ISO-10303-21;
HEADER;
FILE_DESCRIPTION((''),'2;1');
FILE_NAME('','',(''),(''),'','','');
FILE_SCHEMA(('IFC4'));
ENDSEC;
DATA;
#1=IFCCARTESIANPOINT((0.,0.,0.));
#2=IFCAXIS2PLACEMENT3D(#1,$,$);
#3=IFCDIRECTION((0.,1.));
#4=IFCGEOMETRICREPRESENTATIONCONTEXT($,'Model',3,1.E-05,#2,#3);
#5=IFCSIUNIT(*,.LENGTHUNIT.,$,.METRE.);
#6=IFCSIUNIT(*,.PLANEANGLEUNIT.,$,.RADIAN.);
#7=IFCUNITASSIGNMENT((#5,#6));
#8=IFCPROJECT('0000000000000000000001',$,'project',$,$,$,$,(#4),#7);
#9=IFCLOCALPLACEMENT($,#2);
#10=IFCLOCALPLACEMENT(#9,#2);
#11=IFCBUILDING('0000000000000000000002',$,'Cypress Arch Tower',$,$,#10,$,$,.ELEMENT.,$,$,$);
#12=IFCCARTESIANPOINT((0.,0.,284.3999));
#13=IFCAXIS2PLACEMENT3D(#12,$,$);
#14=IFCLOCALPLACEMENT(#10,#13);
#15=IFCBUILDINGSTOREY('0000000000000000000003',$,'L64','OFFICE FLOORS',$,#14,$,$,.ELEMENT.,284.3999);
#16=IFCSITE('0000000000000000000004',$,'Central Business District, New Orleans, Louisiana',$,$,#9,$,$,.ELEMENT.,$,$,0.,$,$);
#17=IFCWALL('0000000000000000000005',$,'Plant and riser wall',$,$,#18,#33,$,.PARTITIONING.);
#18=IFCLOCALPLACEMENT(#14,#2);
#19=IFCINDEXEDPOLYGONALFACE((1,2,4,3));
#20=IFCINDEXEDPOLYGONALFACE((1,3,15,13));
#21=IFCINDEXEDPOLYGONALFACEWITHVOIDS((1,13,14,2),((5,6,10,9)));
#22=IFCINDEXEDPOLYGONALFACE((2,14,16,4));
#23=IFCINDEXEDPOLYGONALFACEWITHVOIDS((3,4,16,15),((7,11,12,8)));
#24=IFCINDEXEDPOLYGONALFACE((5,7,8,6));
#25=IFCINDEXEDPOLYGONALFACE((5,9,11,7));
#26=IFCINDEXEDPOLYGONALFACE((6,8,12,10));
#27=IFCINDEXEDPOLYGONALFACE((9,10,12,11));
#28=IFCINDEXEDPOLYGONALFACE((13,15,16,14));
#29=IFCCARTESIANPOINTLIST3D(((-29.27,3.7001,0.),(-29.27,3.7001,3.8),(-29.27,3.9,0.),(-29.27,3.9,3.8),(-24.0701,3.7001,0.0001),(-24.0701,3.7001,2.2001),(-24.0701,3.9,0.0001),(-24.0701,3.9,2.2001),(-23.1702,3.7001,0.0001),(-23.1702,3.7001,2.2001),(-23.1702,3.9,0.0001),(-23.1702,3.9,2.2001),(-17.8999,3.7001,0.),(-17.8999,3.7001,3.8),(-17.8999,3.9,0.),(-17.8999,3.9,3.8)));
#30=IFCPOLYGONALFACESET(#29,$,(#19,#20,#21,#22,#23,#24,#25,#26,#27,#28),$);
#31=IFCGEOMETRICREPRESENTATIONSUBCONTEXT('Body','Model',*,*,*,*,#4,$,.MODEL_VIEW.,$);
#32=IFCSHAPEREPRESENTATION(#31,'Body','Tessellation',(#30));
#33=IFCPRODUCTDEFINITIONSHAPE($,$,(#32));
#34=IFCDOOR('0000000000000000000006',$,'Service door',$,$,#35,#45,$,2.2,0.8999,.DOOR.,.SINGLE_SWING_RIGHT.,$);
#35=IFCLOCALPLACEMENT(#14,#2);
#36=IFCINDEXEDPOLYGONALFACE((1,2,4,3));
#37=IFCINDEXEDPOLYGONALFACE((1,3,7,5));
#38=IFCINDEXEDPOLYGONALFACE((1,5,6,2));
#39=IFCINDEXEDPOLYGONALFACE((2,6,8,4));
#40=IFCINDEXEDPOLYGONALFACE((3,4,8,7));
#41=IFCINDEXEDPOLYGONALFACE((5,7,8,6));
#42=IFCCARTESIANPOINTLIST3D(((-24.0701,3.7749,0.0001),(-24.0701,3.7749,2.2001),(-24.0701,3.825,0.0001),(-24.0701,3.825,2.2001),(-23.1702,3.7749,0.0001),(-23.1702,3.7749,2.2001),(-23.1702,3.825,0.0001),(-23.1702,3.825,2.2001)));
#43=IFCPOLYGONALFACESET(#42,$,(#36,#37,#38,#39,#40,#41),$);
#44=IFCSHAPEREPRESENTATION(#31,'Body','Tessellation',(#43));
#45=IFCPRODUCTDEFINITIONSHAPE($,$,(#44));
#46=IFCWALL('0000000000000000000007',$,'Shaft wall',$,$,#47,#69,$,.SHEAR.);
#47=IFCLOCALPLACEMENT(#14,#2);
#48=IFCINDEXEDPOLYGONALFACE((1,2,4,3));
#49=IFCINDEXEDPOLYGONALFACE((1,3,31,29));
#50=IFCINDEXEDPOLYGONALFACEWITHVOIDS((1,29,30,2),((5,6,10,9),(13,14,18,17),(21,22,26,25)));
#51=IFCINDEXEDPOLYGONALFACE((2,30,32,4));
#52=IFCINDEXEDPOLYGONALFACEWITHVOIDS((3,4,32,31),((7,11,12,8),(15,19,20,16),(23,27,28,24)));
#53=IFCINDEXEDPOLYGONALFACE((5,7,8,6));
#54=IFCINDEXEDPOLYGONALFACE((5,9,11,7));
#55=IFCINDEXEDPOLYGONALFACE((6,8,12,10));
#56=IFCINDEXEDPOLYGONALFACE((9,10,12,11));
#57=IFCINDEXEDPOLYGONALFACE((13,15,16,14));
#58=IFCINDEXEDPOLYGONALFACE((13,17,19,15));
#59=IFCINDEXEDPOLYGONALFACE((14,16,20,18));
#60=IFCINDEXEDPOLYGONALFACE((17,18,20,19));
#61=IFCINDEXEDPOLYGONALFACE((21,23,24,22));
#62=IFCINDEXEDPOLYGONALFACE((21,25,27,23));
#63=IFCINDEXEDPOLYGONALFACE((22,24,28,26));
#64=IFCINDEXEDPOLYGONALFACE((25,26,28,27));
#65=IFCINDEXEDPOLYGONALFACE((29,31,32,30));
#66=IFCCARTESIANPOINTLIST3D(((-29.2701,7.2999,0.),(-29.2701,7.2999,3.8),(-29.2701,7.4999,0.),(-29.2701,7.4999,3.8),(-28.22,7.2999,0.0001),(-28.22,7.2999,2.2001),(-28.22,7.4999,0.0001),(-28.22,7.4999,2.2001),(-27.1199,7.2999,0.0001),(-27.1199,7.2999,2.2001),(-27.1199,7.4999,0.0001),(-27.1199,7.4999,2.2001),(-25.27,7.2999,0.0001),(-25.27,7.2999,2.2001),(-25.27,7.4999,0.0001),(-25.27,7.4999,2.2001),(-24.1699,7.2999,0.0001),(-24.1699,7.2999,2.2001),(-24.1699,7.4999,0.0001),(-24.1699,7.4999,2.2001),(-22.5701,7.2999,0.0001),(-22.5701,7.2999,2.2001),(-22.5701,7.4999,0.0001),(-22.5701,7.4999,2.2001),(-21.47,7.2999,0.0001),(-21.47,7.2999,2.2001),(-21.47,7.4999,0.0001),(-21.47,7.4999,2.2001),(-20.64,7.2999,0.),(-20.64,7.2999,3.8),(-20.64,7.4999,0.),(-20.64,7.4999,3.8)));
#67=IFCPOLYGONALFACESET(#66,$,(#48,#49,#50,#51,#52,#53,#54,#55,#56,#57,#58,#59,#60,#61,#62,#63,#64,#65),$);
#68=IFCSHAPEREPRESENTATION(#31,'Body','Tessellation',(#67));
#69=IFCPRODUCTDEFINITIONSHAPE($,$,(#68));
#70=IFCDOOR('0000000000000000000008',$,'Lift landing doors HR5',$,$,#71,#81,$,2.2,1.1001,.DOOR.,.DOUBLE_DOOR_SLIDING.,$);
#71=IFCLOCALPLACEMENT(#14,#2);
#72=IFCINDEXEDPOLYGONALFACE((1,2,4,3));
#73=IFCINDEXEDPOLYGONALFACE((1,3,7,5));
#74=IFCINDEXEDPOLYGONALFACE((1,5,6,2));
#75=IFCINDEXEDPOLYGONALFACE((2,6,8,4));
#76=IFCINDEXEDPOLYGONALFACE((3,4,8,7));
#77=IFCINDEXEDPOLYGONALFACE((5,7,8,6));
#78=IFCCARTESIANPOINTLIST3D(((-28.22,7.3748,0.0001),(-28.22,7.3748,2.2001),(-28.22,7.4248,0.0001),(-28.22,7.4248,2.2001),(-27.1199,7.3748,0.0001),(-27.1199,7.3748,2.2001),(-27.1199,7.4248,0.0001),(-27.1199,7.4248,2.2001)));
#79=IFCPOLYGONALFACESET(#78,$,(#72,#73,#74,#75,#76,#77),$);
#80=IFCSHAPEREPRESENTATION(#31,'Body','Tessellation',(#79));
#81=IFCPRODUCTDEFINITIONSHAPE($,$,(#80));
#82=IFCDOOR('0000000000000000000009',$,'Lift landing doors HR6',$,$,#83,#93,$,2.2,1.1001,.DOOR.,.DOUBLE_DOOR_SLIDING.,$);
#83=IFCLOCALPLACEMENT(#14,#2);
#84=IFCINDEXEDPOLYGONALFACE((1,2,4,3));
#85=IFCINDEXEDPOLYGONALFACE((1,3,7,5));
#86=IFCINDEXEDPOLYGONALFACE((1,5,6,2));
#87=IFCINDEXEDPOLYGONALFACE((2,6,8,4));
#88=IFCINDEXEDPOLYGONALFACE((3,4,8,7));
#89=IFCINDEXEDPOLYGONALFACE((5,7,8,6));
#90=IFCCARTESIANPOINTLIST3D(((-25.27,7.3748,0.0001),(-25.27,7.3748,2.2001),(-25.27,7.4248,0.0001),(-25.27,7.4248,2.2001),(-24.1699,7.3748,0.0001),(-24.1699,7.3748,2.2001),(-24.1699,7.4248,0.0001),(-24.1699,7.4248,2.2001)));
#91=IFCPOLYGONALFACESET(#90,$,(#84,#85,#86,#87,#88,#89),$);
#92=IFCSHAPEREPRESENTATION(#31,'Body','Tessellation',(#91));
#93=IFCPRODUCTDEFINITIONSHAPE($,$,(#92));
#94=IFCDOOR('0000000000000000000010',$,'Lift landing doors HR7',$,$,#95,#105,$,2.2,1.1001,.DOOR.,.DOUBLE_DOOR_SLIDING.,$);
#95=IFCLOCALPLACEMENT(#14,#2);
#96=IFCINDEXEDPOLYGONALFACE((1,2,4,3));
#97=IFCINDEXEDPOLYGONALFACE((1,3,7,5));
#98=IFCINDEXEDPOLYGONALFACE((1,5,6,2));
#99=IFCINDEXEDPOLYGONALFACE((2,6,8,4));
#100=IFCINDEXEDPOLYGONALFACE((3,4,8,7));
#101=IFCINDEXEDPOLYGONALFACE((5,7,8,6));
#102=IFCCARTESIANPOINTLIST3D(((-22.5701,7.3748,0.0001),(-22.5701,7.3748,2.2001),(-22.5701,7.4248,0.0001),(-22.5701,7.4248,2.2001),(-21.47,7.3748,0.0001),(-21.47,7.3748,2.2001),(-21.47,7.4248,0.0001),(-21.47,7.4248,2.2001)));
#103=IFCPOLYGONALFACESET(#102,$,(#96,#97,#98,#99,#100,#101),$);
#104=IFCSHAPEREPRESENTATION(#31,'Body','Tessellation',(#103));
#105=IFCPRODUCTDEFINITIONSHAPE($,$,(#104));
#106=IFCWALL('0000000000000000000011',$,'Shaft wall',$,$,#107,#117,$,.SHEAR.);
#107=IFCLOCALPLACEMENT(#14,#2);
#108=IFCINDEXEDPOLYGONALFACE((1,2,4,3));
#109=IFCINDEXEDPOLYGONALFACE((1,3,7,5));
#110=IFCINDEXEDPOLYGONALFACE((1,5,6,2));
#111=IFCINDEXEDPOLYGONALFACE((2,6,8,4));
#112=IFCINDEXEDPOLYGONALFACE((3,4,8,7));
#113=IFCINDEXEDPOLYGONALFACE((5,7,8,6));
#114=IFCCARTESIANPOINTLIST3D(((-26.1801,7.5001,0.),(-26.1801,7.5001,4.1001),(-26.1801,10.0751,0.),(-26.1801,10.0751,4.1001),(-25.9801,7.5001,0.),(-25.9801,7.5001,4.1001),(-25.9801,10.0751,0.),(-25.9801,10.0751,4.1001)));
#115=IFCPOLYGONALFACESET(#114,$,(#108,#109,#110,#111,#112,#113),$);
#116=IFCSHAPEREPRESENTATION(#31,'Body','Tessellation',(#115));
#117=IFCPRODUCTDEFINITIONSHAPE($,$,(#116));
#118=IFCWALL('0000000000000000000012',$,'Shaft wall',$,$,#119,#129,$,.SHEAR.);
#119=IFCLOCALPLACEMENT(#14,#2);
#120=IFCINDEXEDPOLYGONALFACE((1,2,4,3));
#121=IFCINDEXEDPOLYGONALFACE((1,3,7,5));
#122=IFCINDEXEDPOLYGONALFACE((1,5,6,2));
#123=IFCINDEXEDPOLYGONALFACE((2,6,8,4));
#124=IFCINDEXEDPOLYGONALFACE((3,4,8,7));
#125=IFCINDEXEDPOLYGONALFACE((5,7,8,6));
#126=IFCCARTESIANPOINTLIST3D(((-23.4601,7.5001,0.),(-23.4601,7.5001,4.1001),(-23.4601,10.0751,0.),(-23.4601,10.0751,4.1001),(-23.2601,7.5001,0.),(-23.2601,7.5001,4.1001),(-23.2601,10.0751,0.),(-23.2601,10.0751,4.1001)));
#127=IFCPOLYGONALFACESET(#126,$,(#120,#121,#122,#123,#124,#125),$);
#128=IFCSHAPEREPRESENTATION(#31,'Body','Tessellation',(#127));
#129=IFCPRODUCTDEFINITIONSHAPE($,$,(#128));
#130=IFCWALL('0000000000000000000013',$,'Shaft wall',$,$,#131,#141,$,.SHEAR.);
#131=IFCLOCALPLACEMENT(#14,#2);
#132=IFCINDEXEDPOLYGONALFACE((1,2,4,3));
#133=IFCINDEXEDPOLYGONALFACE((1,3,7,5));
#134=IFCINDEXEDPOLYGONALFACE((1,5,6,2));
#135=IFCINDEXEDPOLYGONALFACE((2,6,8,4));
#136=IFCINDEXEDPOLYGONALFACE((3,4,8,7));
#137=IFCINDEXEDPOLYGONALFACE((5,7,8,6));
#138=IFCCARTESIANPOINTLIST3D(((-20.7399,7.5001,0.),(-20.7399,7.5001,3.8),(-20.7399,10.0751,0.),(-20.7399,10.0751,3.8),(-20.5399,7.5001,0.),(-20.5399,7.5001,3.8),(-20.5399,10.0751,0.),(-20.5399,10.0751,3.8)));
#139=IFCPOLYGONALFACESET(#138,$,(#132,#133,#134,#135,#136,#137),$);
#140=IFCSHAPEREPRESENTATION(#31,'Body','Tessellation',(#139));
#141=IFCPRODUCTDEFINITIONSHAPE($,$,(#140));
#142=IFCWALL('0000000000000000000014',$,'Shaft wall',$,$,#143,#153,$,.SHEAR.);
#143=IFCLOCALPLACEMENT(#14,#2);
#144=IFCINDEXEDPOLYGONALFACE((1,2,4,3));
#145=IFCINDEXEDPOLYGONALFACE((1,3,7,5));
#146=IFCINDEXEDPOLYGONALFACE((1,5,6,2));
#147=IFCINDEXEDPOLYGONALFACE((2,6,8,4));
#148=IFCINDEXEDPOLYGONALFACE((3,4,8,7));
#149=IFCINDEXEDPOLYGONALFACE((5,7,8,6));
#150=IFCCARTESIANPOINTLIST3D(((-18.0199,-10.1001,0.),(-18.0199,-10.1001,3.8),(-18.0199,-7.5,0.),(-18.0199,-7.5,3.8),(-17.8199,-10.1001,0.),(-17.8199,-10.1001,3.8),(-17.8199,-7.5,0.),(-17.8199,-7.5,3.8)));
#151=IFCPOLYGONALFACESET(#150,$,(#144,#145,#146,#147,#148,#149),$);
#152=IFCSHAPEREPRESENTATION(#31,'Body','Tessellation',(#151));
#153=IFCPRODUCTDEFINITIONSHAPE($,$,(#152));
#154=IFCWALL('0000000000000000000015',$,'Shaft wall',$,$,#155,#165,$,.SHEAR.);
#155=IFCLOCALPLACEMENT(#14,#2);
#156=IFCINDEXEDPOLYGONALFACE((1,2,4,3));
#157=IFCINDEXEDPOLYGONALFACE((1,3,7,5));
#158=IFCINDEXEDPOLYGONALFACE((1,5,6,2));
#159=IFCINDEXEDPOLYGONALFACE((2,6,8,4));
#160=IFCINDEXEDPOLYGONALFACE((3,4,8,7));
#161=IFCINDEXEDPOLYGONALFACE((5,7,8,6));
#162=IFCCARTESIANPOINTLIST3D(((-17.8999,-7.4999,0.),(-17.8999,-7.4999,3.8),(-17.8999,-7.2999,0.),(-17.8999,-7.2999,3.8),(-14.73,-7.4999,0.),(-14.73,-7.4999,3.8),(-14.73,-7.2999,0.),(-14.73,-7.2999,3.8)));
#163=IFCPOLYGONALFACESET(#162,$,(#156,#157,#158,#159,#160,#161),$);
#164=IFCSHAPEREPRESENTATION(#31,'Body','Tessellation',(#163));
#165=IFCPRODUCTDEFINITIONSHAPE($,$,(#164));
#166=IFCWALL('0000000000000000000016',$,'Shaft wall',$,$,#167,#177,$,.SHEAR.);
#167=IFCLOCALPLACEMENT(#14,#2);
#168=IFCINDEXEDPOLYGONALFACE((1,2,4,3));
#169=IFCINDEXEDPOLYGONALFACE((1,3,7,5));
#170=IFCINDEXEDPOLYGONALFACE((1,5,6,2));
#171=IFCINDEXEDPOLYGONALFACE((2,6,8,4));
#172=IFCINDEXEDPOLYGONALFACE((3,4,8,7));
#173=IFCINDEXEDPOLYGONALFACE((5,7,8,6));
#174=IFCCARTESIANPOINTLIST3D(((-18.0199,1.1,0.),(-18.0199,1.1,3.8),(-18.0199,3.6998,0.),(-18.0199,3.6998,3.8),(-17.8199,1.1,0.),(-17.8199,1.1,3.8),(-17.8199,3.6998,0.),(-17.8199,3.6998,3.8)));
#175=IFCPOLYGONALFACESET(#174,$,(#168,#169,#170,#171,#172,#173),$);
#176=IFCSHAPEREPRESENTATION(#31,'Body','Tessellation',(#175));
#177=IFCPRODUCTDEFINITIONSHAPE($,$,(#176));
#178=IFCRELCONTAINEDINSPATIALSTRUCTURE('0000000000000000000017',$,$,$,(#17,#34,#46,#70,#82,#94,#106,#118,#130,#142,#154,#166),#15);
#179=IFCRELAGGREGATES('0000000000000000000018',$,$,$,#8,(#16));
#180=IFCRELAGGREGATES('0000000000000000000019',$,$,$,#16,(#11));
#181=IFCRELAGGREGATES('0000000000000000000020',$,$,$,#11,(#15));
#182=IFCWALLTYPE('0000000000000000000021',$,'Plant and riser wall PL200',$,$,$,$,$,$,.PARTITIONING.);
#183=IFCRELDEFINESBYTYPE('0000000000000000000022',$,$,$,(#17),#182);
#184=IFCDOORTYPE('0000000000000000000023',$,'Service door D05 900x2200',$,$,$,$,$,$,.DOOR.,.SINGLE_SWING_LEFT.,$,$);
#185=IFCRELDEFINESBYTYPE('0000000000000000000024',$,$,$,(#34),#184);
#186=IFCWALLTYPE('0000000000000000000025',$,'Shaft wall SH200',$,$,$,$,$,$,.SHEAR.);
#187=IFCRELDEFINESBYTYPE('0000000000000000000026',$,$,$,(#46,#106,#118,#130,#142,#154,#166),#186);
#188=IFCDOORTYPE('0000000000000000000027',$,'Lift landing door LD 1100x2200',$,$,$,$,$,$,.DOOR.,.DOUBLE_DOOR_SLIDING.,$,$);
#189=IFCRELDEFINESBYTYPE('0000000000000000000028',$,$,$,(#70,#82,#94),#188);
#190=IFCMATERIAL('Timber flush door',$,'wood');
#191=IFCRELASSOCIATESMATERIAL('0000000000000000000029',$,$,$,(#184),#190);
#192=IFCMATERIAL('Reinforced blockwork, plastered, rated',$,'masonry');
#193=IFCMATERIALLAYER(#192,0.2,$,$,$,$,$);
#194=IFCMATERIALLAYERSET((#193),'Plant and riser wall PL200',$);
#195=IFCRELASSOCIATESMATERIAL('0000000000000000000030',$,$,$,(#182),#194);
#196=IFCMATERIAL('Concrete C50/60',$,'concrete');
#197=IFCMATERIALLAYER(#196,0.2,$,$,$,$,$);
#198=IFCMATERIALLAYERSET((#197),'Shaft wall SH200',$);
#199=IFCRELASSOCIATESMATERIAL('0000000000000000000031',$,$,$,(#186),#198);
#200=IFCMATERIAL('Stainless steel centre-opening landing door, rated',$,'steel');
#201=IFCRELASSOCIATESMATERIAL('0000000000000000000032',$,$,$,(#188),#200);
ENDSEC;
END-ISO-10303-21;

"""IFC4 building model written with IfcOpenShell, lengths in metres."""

from ifc_helpers import new_model, si_unit, direction, frame, frame_2d, origin, place, context, subcontext, project, spatial, rectangle, extrude, material, layer, layer_set, type_object, element, fill, save


model = new_model("IFC4")

# Units and contexts
model_context = context("Model", 3, precision=1e-05, world=origin(), true_north=direction((0.0, 1.0)))
body_context = subcontext(model_context, "Body", "Model", "MODEL_VIEW")
ifc_project = project(units=[si_unit("LENGTHUNIT", "METRE"), si_unit("PLANEANGLEUNIT", "RADIAN")], contexts=[model_context])

# Site, building, storey
site_placement = place(None, origin())
site = spatial("IfcSite", under=ifc_project, at=site_placement, Name="Central Business District, New Orleans, Louisiana", CompositionType="ELEMENT", RefElevation=0.0)
building_placement = place(site_placement, origin())
building = spatial("IfcBuilding", under=site, at=building_placement, Name="Cypress Arch Tower", CompositionType="ELEMENT")
storey_placement = place(building_placement, frame((0.0, 0.0, 284.3999)))
storey = spatial("IfcBuildingStorey", under=building, at=storey_placement, Name="L64", Description="OFFICE FLOORS", CompositionType="ELEMENT", Elevation=284.3999)

# Shared definitions
ifc_material_1 = material(Name="Timber flush door", Category="wood")
door_type_1 = type_object("IfcDoorType", Name="Service door D05 900x2200", OperationType="SINGLE_SWING_LEFT", PredefinedType="DOOR", material=ifc_material_1)

# Shared definitions
ifc_material_2 = material(Name="Reinforced blockwork, plastered, rated", Category="masonry")
ifc_layer_1 = layer(ifc_material_2, 0.2)
ifc_layer_set_1 = layer_set([ifc_layer_1], Name="Plant and riser wall PL200")
wall_type_1 = type_object("IfcWallType", Name="Plant and riser wall PL200", PredefinedType="PARTITIONING", material=ifc_layer_set_1)

# Wall, opening, door
wall_1_placement = place(storey_placement, frame((-29.27, 3.8, 0.0), z_axis=(0.0, 0.0, 1.0), x_axis=(1.0, 0.0, 0.0)))
wall_1 = element("IfcWall", 1, at=wall_1_placement, inside=storey, type_object=wall_type_1, Name="Plant and riser wall", PredefinedType="PARTITIONING", context=body_context, shape_type="SweptSolid", body=[
    extrude(rectangle(XDim=11.3701, YDim=0.2, at=frame_2d((5.6851, 0.0))), origin(), (0.0, 0.0, 1.0), 3.8),
])
opening_1_placement = place(wall_1_placement, frame((5.2, 0.0, 0.0)))
opening_1 = element("IfcOpeningElement", 2, at=opening_1_placement, cuts=wall_1, PredefinedType="OPENING", context=body_context, shape_type="SweptSolid", body=[
    extrude(rectangle(XDim=0.8999, YDim=2.2, at=frame_2d((0.45, 1.1001))), frame((0.0, 0.1099, 0.0), z_axis=(0.0, -1.0, 0.0), x_axis=(1.0, 0.0, 0.0)), (0.0, 0.0, 1.0), 0.22),
])
door_1_placement = place(opening_1_placement, origin())
door_1 = element("IfcDoor", 3, at=door_1_placement, inside=storey, type_object=door_type_1, Name="Service door", OperationType="SINGLE_SWING_RIGHT", OverallHeight=2.2, OverallWidth=0.8999, PredefinedType="DOOR", context=body_context, shape_type="SweptSolid", body=[
    extrude(rectangle(XDim=0.8999, YDim=2.2, at=frame_2d((0.45, 1.1001))), frame((0.0, 0.0249, 0.0), z_axis=(0.0, -1.0, 0.0), x_axis=(1.0, 0.0, 0.0)), (0.0, 0.0, 1.0), 0.05),
])
fill(opening_1, door_1)

# Wall, openings, doors
ifc_material_3 = material(Name="Concrete C50/60", Category="concrete")
ifc_layer_2 = layer(ifc_material_3, 0.2)
ifc_layer_set_2 = layer_set([ifc_layer_2], Name="Shaft wall SH200")
wall_type_2 = type_object("IfcWallType", Name="Shaft wall SH200", PredefinedType="SHEAR", material=ifc_layer_set_2)
wall_2_placement = place(storey_placement, frame((-29.27, 7.3999, 0.0), z_axis=(0.0, 0.0, 1.0), x_axis=(1.0, 0.0, 0.0)))
wall_2 = element("IfcWall", 4, at=wall_2_placement, inside=storey, type_object=wall_type_2, Name="Shaft wall", PredefinedType="SHEAR", context=body_context, shape_type="SweptSolid", body=[
    extrude(rectangle(XDim=8.6301, YDim=0.2, at=frame_2d((4.3149, 0.0))), origin(), (0.0, 0.0, 1.0), 3.8),
])
opening_2_placement = place(wall_2_placement, frame((1.05, 0.0, 0.0)))
opening_2 = element("IfcOpeningElement", 5, at=opening_2_placement, cuts=wall_2, PredefinedType="OPENING", context=body_context, shape_type="SweptSolid", body=[
    extrude(rectangle(XDim=1.1001, YDim=2.2, at=frame_2d((0.55, 1.1001))), frame((0.0, 0.1099, 0.0), z_axis=(0.0, -1.0, 0.0), x_axis=(1.0, 0.0, 0.0)), (0.0, 0.0, 1.0), 0.22),
])
opening_3_placement = place(wall_2_placement, frame((4.0, 0.0, 0.0)))
opening_3 = element("IfcOpeningElement", 6, at=opening_3_placement, cuts=wall_2, PredefinedType="OPENING", context=body_context, shape_type="SweptSolid", body=[
    extrude(rectangle(XDim=1.1001, YDim=2.2, at=frame_2d((0.55, 1.1001))), frame((0.0, 0.1099, 0.0), z_axis=(0.0, -1.0, 0.0), x_axis=(1.0, 0.0, 0.0)), (0.0, 0.0, 1.0), 0.22),
])
opening_4_placement = place(wall_2_placement, frame((6.7, 0.0, 0.0)))
opening_4 = element("IfcOpeningElement", 7, at=opening_4_placement, cuts=wall_2, PredefinedType="OPENING", context=body_context, shape_type="SweptSolid", body=[
    extrude(rectangle(XDim=1.1001, YDim=2.2, at=frame_2d((0.55, 1.1001))), frame((0.0, 0.1099, 0.0), z_axis=(0.0, -1.0, 0.0), x_axis=(1.0, 0.0, 0.0)), (0.0, 0.0, 1.0), 0.22),
])
ifc_material_4 = material(Name="Stainless steel centre-opening landing door, rated", Category="steel")
door_type_2 = type_object("IfcDoorType", Name="Lift landing door LD 1100x2200", OperationType="DOUBLE_DOOR_SLIDING", PredefinedType="DOOR", material=ifc_material_4)
door_2_placement = place(opening_2_placement, origin())
door_2 = element("IfcDoor", 8, at=door_2_placement, inside=storey, type_object=door_type_2, Name="Lift landing doors HR5", OperationType="DOUBLE_DOOR_SLIDING", OverallHeight=2.2, OverallWidth=1.1001, PredefinedType="DOOR", context=body_context, shape_type="SweptSolid", body=[
    extrude(rectangle(XDim=1.1001, YDim=2.2, at=frame_2d((0.55, 1.1001))), frame((0.0, 0.0249, 0.0), z_axis=(0.0, -1.0, 0.0), x_axis=(1.0, 0.0, 0.0)), (0.0, 0.0, 1.0), 0.05),
])
fill(opening_2, door_2)
door_3_placement = place(opening_3_placement, origin())
door_3 = element("IfcDoor", 9, at=door_3_placement, inside=storey, type_object=door_type_2, Name="Lift landing doors HR6", OperationType="DOUBLE_DOOR_SLIDING", OverallHeight=2.2, OverallWidth=1.1001, PredefinedType="DOOR", context=body_context, shape_type="SweptSolid", body=[
    extrude(rectangle(XDim=1.1001, YDim=2.2, at=frame_2d((0.55, 1.1001))), frame((0.0, 0.0249, 0.0), z_axis=(0.0, -1.0, 0.0), x_axis=(1.0, 0.0, 0.0)), (0.0, 0.0, 1.0), 0.05),
])
fill(opening_3, door_3)
door_4_placement = place(opening_4_placement, origin())
door_4 = element("IfcDoor", 10, at=door_4_placement, inside=storey, type_object=door_type_2, Name="Lift landing doors HR7", OperationType="DOUBLE_DOOR_SLIDING", OverallHeight=2.2, OverallWidth=1.1001, PredefinedType="DOOR", context=body_context, shape_type="SweptSolid", body=[
    extrude(rectangle(XDim=1.1001, YDim=2.2, at=frame_2d((0.55, 1.1001))), frame((0.0, 0.0249, 0.0), z_axis=(0.0, -1.0, 0.0), x_axis=(1.0, 0.0, 0.0)), (0.0, 0.0, 1.0), 0.05),
])
fill(opening_4, door_4)

# Walls
for number, where, z_axis, x_axis, name in (
    (11, (-26.0801, 7.5, 0.0), (0.0, 0.0, 1.0), (0.0, 1.0, 0.0), "Shaft wall"),
    (12, (-23.3601, 7.5, 0.0), (0.0, 0.0, 1.0), (0.0, 1.0, 0.0), "Shaft wall"),
):
    element("IfcWall", number, at=place(storey_placement, frame(where, z_axis=z_axis, x_axis=x_axis)), inside=storey, type_object=wall_type_2, Name=name, PredefinedType="SHEAR", context=body_context, shape_type="SweptSolid", body=[
        extrude(rectangle(XDim=2.575, YDim=0.2, at=frame_2d((1.2876, 0.0))), origin(), (0.0, 0.0, 1.0), 4.1001),
    ])
wall_3_placement = place(storey_placement, frame((-20.6399, 7.5, 0.0), z_axis=(0.0, 0.0, 1.0), x_axis=(0.0, 1.0, 0.0)))
element("IfcWall", 13, at=wall_3_placement, inside=storey, type_object=wall_type_2, Name="Shaft wall", PredefinedType="SHEAR", context=body_context, shape_type="SweptSolid", body=[
    extrude(rectangle(XDim=2.575, YDim=0.2, at=frame_2d((1.2876, 0.0))), origin(), (0.0, 0.0, 1.0), 3.8),
])
wall_4_placement = place(storey_placement, frame((-17.9199, -10.1001, 0.0), z_axis=(0.0, 0.0, 1.0), x_axis=(0.0, 1.0, 0.0)))
element("IfcWall", 14, at=wall_4_placement, inside=storey, type_object=wall_type_2, Name="Shaft wall", PredefinedType="SHEAR", context=body_context, shape_type="SweptSolid", body=[
    extrude(rectangle(XDim=2.6001, YDim=0.2, at=frame_2d((1.3, 0.0))), origin(), (0.0, 0.0, 1.0), 3.8),
])
wall_5_placement = place(storey_placement, frame((-17.8999, -7.3999, 0.0), z_axis=(0.0, 0.0, 1.0), x_axis=(1.0, 0.0, 0.0)))
element("IfcWall", 15, at=wall_5_placement, inside=storey, type_object=wall_type_2, Name="Shaft wall", PredefinedType="SHEAR", context=body_context, shape_type="SweptSolid", body=[
    extrude(rectangle(XDim=3.1699, YDim=0.2, at=frame_2d((1.585, 0.0))), origin(), (0.0, 0.0, 1.0), 3.8),
])
wall_6_placement = place(storey_placement, frame((-17.9199, 1.1001, 0.0), z_axis=(0.0, 0.0, 1.0), x_axis=(0.0, 1.0, 0.0)))
element("IfcWall", 16, at=wall_6_placement, inside=storey, type_object=wall_type_2, Name="Shaft wall", PredefinedType="SHEAR", context=body_context, shape_type="SweptSolid", body=[
    extrude(rectangle(XDim=2.5999, YDim=0.2, at=frame_2d((1.2998, 0.0))), origin(), (0.0, 0.0, 1.0), 3.8),
])

save(model, "model.ifc")
